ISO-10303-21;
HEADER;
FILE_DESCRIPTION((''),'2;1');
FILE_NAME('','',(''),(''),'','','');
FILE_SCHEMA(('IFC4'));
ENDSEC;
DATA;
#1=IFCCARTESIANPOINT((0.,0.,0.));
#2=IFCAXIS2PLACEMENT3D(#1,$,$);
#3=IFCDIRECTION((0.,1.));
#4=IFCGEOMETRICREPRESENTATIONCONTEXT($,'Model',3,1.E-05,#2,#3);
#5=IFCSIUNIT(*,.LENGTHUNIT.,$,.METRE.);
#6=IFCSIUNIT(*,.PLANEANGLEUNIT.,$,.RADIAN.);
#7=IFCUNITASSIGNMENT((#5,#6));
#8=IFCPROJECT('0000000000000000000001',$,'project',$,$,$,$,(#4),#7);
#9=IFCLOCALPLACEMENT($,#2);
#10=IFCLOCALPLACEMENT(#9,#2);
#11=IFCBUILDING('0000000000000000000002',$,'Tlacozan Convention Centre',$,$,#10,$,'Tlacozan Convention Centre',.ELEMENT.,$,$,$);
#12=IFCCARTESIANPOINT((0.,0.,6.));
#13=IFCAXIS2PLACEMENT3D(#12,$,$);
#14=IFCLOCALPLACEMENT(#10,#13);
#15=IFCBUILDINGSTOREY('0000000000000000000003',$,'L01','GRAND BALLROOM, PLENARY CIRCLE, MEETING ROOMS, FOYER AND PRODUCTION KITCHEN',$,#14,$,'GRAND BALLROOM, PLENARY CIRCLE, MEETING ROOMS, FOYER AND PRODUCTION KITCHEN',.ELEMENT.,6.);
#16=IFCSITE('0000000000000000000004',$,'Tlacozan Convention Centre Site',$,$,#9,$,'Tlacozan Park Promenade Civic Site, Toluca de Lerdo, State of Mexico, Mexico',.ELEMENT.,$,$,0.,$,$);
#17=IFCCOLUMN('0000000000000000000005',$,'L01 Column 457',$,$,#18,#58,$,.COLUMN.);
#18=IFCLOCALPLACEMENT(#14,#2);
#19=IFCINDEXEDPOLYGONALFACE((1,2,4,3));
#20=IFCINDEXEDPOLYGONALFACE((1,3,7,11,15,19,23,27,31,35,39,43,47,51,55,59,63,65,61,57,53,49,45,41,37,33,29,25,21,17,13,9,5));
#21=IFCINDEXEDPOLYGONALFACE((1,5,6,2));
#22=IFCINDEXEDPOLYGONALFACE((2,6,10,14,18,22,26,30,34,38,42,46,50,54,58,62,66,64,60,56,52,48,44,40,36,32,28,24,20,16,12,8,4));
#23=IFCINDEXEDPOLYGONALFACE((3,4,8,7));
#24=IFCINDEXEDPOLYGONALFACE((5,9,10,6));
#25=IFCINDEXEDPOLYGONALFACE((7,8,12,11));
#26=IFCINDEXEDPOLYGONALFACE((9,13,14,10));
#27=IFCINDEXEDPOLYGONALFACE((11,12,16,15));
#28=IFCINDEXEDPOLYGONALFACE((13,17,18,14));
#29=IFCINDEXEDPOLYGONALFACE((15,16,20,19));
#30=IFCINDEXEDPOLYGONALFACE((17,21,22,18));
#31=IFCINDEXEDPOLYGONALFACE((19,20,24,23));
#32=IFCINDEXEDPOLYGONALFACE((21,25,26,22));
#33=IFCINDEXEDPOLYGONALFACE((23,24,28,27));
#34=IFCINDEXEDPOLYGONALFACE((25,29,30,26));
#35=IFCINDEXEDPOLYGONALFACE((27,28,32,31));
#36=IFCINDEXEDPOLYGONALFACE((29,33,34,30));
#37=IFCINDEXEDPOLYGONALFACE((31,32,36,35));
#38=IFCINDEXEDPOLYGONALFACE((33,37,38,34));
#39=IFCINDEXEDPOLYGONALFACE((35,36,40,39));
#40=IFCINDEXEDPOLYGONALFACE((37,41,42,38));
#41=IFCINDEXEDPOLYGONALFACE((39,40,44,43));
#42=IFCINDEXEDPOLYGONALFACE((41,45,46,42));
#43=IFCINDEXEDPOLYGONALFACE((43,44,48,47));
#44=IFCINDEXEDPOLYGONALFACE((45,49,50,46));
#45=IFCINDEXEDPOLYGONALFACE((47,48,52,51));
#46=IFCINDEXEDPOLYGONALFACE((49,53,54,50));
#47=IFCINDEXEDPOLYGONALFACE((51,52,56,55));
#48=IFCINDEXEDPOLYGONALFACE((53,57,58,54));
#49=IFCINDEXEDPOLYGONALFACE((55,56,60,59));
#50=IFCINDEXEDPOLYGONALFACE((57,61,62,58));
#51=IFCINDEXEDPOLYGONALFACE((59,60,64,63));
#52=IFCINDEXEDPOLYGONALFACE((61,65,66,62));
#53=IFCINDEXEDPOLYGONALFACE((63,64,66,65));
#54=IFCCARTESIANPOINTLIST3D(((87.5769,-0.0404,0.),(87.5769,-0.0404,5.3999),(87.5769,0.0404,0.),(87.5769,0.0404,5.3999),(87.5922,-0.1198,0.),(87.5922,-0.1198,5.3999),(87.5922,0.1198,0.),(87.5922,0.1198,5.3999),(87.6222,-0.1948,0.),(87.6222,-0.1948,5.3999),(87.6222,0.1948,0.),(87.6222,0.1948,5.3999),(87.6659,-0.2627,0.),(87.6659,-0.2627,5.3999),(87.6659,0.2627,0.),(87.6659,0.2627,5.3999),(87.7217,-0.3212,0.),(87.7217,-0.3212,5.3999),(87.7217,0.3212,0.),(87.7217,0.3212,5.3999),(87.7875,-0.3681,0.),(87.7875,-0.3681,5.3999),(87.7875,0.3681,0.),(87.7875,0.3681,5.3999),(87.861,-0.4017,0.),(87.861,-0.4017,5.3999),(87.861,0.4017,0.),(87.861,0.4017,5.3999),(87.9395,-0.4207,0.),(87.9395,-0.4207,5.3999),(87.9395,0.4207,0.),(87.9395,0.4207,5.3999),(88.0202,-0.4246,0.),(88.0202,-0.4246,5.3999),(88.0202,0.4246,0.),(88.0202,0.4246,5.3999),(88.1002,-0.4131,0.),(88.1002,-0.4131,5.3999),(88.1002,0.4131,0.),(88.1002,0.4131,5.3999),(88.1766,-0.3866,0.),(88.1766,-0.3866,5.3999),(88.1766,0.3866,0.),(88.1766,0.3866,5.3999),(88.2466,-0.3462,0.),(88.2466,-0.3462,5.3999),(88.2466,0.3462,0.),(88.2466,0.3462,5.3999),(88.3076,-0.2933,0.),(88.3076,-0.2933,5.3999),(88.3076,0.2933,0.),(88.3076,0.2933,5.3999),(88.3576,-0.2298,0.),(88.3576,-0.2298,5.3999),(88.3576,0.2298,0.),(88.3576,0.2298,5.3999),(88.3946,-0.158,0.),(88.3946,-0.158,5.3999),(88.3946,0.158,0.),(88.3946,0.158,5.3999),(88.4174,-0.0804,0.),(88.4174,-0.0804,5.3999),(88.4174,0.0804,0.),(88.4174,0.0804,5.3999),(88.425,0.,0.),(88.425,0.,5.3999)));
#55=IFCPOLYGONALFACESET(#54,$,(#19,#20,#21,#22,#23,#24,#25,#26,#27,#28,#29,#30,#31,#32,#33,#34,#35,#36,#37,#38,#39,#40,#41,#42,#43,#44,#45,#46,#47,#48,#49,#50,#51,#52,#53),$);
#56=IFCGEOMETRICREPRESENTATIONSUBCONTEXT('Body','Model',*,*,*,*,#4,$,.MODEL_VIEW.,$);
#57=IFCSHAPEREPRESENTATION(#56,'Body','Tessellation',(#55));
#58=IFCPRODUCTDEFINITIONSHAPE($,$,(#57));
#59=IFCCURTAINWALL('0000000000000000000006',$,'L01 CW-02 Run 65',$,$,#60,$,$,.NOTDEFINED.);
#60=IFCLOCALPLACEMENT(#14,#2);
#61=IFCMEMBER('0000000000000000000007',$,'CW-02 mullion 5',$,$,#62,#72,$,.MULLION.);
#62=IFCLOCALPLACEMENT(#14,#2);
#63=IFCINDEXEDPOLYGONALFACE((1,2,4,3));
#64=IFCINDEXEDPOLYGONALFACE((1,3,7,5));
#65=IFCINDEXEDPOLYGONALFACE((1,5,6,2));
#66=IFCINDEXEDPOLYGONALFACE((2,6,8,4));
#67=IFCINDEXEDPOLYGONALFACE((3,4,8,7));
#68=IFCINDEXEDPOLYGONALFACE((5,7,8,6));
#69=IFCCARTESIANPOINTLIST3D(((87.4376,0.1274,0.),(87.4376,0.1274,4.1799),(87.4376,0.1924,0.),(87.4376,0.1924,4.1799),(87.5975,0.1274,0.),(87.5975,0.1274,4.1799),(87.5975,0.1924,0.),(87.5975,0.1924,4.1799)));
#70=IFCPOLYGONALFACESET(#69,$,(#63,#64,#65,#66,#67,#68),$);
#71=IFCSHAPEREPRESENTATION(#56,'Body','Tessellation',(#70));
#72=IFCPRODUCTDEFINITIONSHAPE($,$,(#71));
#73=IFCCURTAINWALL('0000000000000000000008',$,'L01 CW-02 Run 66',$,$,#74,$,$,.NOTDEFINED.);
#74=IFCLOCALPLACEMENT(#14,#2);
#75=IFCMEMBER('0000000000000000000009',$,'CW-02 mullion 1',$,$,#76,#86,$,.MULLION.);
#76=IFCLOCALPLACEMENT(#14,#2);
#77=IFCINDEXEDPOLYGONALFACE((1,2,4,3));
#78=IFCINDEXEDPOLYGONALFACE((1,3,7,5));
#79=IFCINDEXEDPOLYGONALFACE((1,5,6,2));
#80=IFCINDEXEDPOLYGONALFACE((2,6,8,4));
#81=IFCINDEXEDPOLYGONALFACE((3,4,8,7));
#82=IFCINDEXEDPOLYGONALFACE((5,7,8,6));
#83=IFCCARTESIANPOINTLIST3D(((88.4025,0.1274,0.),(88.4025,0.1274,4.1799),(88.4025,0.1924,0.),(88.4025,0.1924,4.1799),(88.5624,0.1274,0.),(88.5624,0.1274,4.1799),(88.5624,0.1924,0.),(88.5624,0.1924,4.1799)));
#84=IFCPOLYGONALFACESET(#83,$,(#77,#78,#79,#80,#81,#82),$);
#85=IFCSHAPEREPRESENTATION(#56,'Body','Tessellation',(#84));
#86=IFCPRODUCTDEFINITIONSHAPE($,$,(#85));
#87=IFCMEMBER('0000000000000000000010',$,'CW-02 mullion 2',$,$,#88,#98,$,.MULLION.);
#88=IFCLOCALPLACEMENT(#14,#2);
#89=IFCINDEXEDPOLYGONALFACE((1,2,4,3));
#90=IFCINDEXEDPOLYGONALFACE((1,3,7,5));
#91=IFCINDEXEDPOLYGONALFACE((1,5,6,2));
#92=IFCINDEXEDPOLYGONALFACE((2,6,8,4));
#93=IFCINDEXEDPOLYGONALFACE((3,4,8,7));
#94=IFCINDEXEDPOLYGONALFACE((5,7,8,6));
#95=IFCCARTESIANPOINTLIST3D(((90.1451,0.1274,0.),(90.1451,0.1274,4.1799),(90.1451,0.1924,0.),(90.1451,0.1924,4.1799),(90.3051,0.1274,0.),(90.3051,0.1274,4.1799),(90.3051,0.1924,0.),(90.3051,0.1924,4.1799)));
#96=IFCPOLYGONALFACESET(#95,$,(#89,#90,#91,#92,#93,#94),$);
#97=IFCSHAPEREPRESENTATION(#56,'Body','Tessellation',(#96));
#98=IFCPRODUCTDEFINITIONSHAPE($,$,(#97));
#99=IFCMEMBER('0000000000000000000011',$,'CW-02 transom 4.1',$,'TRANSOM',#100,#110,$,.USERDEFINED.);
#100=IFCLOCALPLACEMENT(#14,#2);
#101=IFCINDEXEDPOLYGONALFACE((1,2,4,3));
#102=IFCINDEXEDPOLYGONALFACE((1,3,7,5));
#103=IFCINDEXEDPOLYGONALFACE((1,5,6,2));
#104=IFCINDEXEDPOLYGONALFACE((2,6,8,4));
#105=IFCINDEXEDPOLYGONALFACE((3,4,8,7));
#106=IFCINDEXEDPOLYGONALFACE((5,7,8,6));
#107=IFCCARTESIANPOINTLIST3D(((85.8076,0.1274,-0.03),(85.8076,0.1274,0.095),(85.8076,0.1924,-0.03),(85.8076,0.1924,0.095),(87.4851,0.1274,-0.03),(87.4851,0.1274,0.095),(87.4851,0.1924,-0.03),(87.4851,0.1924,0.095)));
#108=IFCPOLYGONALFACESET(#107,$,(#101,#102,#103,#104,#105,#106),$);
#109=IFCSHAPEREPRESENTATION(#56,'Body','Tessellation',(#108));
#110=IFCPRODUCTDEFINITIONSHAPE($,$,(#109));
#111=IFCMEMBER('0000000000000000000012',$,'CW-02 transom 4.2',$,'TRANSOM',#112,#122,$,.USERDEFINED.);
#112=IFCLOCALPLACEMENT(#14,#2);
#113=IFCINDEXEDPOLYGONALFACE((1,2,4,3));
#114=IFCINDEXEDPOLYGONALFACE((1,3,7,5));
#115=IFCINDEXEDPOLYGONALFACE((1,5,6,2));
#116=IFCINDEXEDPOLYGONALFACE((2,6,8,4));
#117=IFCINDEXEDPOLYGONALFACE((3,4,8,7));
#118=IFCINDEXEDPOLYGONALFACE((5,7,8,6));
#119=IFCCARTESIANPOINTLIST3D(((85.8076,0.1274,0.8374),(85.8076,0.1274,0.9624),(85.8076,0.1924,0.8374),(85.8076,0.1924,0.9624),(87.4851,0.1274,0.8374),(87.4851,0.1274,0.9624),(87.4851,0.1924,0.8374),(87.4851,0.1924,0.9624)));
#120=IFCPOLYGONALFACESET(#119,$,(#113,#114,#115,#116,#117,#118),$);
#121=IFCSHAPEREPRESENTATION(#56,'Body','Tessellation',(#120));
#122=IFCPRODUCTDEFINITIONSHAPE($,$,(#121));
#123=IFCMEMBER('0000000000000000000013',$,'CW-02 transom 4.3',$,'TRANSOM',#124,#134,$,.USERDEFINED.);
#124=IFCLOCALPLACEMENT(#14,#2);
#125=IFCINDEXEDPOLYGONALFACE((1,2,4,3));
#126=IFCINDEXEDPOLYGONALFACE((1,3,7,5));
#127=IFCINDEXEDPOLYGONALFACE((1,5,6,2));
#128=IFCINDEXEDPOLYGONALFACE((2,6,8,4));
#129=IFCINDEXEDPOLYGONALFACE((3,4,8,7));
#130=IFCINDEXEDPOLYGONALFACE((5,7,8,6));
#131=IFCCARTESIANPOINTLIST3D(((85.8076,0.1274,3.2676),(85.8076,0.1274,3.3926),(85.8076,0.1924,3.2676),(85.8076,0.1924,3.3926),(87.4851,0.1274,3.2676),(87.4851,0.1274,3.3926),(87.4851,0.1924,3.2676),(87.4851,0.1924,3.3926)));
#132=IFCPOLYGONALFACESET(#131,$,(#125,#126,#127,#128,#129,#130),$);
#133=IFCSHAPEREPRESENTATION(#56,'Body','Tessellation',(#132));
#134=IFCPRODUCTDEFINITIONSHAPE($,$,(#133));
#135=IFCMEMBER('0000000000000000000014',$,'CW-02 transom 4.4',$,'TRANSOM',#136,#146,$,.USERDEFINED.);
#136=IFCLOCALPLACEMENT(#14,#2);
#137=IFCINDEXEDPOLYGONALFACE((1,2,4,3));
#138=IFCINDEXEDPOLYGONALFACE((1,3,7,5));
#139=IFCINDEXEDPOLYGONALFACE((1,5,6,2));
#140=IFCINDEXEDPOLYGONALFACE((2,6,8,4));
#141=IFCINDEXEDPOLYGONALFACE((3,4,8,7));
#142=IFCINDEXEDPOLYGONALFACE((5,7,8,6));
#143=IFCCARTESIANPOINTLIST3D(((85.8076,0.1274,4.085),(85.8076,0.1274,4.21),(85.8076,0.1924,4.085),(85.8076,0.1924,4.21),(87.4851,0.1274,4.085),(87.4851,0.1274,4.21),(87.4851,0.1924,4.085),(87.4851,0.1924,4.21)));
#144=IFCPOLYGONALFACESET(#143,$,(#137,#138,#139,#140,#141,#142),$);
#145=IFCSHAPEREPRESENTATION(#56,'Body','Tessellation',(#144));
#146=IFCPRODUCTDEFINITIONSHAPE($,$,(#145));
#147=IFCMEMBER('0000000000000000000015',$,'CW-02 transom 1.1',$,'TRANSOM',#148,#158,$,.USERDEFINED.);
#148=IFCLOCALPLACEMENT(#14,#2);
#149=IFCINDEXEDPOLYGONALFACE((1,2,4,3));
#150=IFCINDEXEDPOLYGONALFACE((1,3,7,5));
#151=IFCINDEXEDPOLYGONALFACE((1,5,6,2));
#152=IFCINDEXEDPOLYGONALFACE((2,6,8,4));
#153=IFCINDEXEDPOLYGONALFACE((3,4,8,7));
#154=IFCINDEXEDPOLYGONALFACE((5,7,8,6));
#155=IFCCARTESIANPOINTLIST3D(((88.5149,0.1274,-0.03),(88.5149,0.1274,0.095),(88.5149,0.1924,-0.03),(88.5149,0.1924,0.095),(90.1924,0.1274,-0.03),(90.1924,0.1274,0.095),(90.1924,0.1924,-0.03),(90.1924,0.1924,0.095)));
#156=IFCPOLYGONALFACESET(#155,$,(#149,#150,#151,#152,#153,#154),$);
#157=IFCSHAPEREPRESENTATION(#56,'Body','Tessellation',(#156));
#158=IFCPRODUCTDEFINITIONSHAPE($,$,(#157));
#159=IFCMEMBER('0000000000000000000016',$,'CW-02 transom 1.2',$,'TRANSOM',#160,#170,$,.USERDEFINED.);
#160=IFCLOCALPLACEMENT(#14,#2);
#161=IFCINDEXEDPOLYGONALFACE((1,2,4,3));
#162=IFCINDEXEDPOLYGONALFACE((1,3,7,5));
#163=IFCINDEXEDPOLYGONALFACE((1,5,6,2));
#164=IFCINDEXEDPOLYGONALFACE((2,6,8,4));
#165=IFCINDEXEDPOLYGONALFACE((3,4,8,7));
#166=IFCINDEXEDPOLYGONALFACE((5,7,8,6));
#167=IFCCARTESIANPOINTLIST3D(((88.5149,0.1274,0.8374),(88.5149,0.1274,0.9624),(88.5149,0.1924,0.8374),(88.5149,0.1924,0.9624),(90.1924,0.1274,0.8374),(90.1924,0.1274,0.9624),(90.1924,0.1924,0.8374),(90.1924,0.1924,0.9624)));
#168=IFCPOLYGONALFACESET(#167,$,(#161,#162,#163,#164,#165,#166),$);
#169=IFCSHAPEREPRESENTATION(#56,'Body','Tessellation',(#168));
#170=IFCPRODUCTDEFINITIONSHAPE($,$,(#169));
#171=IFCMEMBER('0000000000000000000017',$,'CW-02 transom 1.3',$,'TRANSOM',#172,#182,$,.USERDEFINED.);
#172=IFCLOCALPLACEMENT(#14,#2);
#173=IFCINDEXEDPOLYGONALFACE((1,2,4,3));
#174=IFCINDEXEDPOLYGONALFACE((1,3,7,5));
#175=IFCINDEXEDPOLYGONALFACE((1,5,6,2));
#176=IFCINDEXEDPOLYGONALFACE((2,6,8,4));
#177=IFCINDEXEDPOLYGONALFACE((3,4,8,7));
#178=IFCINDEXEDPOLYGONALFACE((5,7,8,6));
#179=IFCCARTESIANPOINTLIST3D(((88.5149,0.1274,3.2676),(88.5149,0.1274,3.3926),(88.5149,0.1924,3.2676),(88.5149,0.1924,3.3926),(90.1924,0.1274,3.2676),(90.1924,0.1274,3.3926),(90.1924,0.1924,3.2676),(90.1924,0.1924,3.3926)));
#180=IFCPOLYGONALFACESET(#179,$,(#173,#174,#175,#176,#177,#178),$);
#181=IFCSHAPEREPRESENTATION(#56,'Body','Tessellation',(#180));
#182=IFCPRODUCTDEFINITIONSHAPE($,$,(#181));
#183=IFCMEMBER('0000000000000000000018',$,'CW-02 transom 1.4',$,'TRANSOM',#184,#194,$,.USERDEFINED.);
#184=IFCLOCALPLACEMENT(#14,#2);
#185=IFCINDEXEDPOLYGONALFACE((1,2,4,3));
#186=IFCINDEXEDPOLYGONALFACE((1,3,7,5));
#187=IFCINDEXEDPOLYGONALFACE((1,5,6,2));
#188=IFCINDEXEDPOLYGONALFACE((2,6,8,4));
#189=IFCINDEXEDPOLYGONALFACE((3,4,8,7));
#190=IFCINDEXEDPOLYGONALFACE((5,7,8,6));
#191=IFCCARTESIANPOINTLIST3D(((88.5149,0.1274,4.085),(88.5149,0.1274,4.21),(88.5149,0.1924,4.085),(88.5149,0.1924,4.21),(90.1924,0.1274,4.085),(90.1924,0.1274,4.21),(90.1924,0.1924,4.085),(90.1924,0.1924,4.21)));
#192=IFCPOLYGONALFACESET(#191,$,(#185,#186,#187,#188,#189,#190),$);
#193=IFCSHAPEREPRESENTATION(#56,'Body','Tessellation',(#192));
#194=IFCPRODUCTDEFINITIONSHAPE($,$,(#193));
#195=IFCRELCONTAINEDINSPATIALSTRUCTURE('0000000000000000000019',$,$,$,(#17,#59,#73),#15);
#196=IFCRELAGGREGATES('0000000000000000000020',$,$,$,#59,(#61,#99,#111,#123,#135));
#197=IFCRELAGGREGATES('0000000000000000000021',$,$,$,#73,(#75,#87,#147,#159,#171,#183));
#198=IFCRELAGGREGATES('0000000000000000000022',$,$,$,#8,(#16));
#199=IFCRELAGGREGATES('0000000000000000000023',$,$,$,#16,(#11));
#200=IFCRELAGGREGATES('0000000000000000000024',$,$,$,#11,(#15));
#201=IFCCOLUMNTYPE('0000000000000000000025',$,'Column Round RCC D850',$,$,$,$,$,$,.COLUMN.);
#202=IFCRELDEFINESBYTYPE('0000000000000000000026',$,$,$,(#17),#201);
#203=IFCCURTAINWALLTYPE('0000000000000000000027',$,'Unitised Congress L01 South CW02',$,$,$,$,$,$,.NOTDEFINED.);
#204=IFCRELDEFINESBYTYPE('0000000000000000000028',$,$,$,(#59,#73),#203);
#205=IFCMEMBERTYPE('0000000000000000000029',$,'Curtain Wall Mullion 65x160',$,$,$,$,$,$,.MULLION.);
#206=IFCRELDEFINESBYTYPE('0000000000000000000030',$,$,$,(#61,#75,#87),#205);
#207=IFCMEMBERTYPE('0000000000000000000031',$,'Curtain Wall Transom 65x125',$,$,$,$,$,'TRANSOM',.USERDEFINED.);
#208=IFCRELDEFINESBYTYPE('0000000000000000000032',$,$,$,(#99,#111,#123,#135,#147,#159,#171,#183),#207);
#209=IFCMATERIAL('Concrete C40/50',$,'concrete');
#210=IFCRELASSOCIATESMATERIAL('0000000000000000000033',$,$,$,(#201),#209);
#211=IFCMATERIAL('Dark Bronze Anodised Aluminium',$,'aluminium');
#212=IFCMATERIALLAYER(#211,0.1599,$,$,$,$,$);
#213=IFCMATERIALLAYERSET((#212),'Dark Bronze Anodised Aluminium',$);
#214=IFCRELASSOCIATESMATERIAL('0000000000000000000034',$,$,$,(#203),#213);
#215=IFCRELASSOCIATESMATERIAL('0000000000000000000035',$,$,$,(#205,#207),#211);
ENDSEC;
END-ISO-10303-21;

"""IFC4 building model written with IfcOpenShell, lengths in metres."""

from ifc_helpers import new_model, si_unit, direction, frame, origin, origin_2d, place, context, subcontext, project, spatial, rectangle, circle, extrude, material, layer, layer_set, material_profile, profile_set, type_object, element, aggregate, save


model = new_model("IFC4")

# Units and contexts
model_context = context("Model", 3, precision=1e-05, world=origin(), true_north=direction((0.0, 1.0)))
body_context = subcontext(model_context, "Body", "Model", "MODEL_VIEW")
ifc_project = project(units=[si_unit("LENGTHUNIT", "METRE"), si_unit("PLANEANGLEUNIT", "RADIAN")], contexts=[model_context])

# Site, building, storey
site_placement = place(None, origin())
site = spatial("IfcSite", under=ifc_project, at=site_placement, Name="Tlacozan Convention Centre Site", LongName="Tlacozan Park Promenade Civic Site, Toluca de Lerdo, State of Mexico, Mexico", CompositionType="ELEMENT", RefElevation=0.0)
building_placement = place(site_placement, origin())
building = spatial("IfcBuilding", under=site, at=building_placement, Name="Tlacozan Convention Centre", LongName="Tlacozan Convention Centre", CompositionType="ELEMENT")
storey_placement = place(building_placement, frame((0.0, 0.0, 6.0)))
storey = spatial("IfcBuildingStorey", under=building, at=storey_placement, Name="L01", Description="GRAND BALLROOM, PLENARY CIRCLE, MEETING ROOMS, FOYER AND PRODUCTION KITCHEN", LongName="GRAND BALLROOM, PLENARY CIRCLE, MEETING ROOMS, FOYER AND PRODUCTION KITCHEN", CompositionType="ELEMENT", Elevation=6.0)

# Column
ifc_material_1 = material(Name="Concrete C40/50", Category="concrete")
ifc_material_profile_1 = material_profile(ifc_material_1, circle(Radius=0.425, at=origin_2d()), Name="RCC D850")
ifc_profile_set_1 = profile_set([ifc_material_profile_1], Name="Concrete C40/50")
column_type = type_object("IfcColumnType", Name="Column Round RCC D850", PredefinedType="COLUMN", material=ifc_profile_set_1)
column_placement = place(storey_placement, frame((88.0, 0.0, 0.0), z_axis=(0.0, 0.0, 1.0), x_axis=(1.0, 0.0, 0.0)))
element("IfcColumn", 1, at=column_placement, inside=storey, type_object=column_type, Name="L01 Column 457", PredefinedType="COLUMN", context=body_context, shape_type="SweptSolid", body=[
    extrude(circle(Radius=0.425, at=origin_2d()), origin(), (0.0, 0.0, 1.0), 5.3999),
])

# Curtain wall, member
ifc_material_2 = material(Name="Dark Bronze Anodised Aluminium", Category="aluminium")
ifc_layer_1 = layer(ifc_material_2, 0.1599)
ifc_layer_set_1 = layer_set([ifc_layer_1], Name="Dark Bronze Anodised Aluminium")
curtain_wall_type = type_object("IfcCurtainWallType", Name="Unitised Congress L01 South CW02", PredefinedType="NOTDEFINED", material=ifc_layer_set_1)
curtain_wall_1_placement = place(storey_placement, origin())
curtain_wall_1 = element("IfcCurtainWall", 2, at=curtain_wall_1_placement, inside=storey, type_object=curtain_wall_type, Name="L01 CW-02 Run 65", PredefinedType="NOTDEFINED")
ifc_material_profile_2 = material_profile(ifc_material_2, rectangle(XDim=0.0649, YDim=0.1599, at=origin_2d()), Name="ALU 65x160")
ifc_profile_set_2 = profile_set([ifc_material_profile_2], Name="Dark Bronze Anodised Aluminium")
member_type_1 = type_object("IfcMemberType", Name="Curtain Wall Mullion 65x160", PredefinedType="MULLION", material=ifc_profile_set_2)
member_1_placement = place(storey_placement, frame((87.5176, 0.1599, 0.0), z_axis=(0.0, 0.0, 1.0), x_axis=(0.0, 1.0, 0.0)))
member_1 = element("IfcMember", 3, at=member_1_placement, type_object=member_type_1, Name="CW-02 mullion 5", PredefinedType="MULLION", context=body_context, shape_type="SweptSolid", body=[
    extrude(rectangle(XDim=0.0649, YDim=0.1599, at=origin_2d()), origin(), (0.0, 0.0, 1.0), 4.1799),
])

# Curtain wall, members
curtain_wall_2_placement = place(storey_placement, origin())
curtain_wall_2 = element("IfcCurtainWall", 4, at=curtain_wall_2_placement, inside=storey, type_object=curtain_wall_type, Name="L01 CW-02 Run 66", PredefinedType="NOTDEFINED")
member_2_placement = place(storey_placement, frame((88.4824, 0.1599, 0.0), z_axis=(0.0, 0.0, 1.0), x_axis=(0.0, 1.0, 0.0)))
member_2 = element("IfcMember", 5, at=member_2_placement, type_object=member_type_1, Name="CW-02 mullion 1", PredefinedType="MULLION", context=body_context, shape_type="SweptSolid", body=[
    extrude(rectangle(XDim=0.0649, YDim=0.1599, at=origin_2d()), origin(), (0.0, 0.0, 1.0), 4.1799),
])
member_3_placement = place(storey_placement, frame((90.2251, 0.1599, 0.0), z_axis=(0.0, 0.0, 1.0), x_axis=(0.0, 1.0, 0.0)))
member_3 = element("IfcMember", 6, at=member_3_placement, type_object=member_type_1, Name="CW-02 mullion 2", PredefinedType="MULLION", context=body_context, shape_type="SweptSolid", body=[
    extrude(rectangle(XDim=0.0649, YDim=0.1599, at=origin_2d()), origin(), (0.0, 0.0, 1.0), 4.1799),
])

# Members
ifc_material_profile_3 = material_profile(ifc_material_2, rectangle(XDim=0.0649, YDim=0.125, at=origin_2d()), Name="ALU 65x125")
ifc_profile_set_3 = profile_set([ifc_material_profile_3], Name="Dark Bronze Anodised Aluminium")
member_type_2 = type_object("IfcMemberType", Name="Curtain Wall Transom 65x125", ElementType="TRANSOM", PredefinedType="USERDEFINED", material=ifc_profile_set_3)
member_4_placement = place(storey_placement, frame((85.8076, 0.1599, 0.0325), z_axis=(1.0, 0.0, 0.0), x_axis=(0.0, 1.0, 0.0)))
member_4 = element("IfcMember", 7, at=member_4_placement, type_object=member_type_2, Name="CW-02 transom 4.1", ObjectType="TRANSOM", PredefinedType="USERDEFINED", context=body_context, shape_type="SweptSolid", body=[
    extrude(rectangle(XDim=0.0649, YDim=0.125, at=origin_2d()), origin(), (0.0, 0.0, 1.0), 1.6775),
])
member_5_placement = place(storey_placement, frame((85.8076, 0.1599, 0.8999), z_axis=(1.0, 0.0, 0.0), x_axis=(0.0, 1.0, 0.0)))
member_5 = element("IfcMember", 8, at=member_5_placement, type_object=member_type_2, Name="CW-02 transom 4.2", ObjectType="TRANSOM", PredefinedType="USERDEFINED", context=body_context, shape_type="SweptSolid", body=[
    extrude(rectangle(XDim=0.0649, YDim=0.125, at=origin_2d()), origin(), (0.0, 0.0, 1.0), 1.6775),
])
member_6_placement = place(storey_placement, frame((85.8076, 0.1599, 3.3301), z_axis=(1.0, 0.0, 0.0), x_axis=(0.0, 1.0, 0.0)))
member_6 = element("IfcMember", 9, at=member_6_placement, type_object=member_type_2, Name="CW-02 transom 4.3", ObjectType="TRANSOM", PredefinedType="USERDEFINED", context=body_context, shape_type="SweptSolid", body=[
    extrude(rectangle(XDim=0.0649, YDim=0.125, at=origin_2d()), origin(), (0.0, 0.0, 1.0), 1.6775),
])
member_7_placement = place(storey_placement, frame((85.8076, 0.1599, 4.1475), z_axis=(1.0, 0.0, 0.0), x_axis=(0.0, 1.0, 0.0)))
member_7 = element("IfcMember", 10, at=member_7_placement, type_object=member_type_2, Name="CW-02 transom 4.4", ObjectType="TRANSOM", PredefinedType="USERDEFINED", context=body_context, shape_type="SweptSolid", body=[
    extrude(rectangle(XDim=0.0649, YDim=0.125, at=origin_2d()), origin(), (0.0, 0.0, 1.0), 1.6775),
])
member_8_placement = place(storey_placement, frame((88.5149, 0.1599, 0.0325), z_axis=(1.0, 0.0, 0.0), x_axis=(0.0, 1.0, 0.0)))
member_8 = element("IfcMember", 11, at=member_8_placement, type_object=member_type_2, Name="CW-02 transom 1.1", ObjectType="TRANSOM", PredefinedType="USERDEFINED", context=body_context, shape_type="SweptSolid", body=[
    extrude(rectangle(XDim=0.0649, YDim=0.125, at=origin_2d()), origin(), (0.0, 0.0, 1.0), 1.6775),
])
member_9_placement = place(storey_placement, frame((88.5149, 0.1599, 0.8999), z_axis=(1.0, 0.0, 0.0), x_axis=(0.0, 1.0, 0.0)))
member_9 = element("IfcMember", 12, at=member_9_placement, type_object=member_type_2, Name="CW-02 transom 1.2", ObjectType="TRANSOM", PredefinedType="USERDEFINED", context=body_context, shape_type="SweptSolid", body=[
    extrude(rectangle(XDim=0.0649, YDim=0.125, at=origin_2d()), origin(), (0.0, 0.0, 1.0), 1.6775),
])
member_10_placement = place(storey_placement, frame((88.5149, 0.1599, 3.3301), z_axis=(1.0, 0.0, 0.0), x_axis=(0.0, 1.0, 0.0)))
member_10 = element("IfcMember", 13, at=member_10_placement, type_object=member_type_2, Name="CW-02 transom 1.3", ObjectType="TRANSOM", PredefinedType="USERDEFINED", context=body_context, shape_type="SweptSolid", body=[
    extrude(rectangle(XDim=0.0649, YDim=0.125, at=origin_2d()), origin(), (0.0, 0.0, 1.0), 1.6775),
])
member_11_placement = place(storey_placement, frame((88.5149, 0.1599, 4.1475), z_axis=(1.0, 0.0, 0.0), x_axis=(0.0, 1.0, 0.0)))
member_11 = element("IfcMember", 14, at=member_11_placement, type_object=member_type_2, Name="CW-02 transom 1.4", ObjectType="TRANSOM", PredefinedType="USERDEFINED", context=body_context, shape_type="SweptSolid", body=[
    extrude(rectangle(XDim=0.0649, YDim=0.125, at=origin_2d()), origin(), (0.0, 0.0, 1.0), 1.6775),
])

aggregate(curtain_wall_1, [member_1, member_4, member_5, member_6, member_7])
aggregate(curtain_wall_2, [member_2, member_3, member_8, member_9, member_10, member_11])

save(model, "model.ifc")
